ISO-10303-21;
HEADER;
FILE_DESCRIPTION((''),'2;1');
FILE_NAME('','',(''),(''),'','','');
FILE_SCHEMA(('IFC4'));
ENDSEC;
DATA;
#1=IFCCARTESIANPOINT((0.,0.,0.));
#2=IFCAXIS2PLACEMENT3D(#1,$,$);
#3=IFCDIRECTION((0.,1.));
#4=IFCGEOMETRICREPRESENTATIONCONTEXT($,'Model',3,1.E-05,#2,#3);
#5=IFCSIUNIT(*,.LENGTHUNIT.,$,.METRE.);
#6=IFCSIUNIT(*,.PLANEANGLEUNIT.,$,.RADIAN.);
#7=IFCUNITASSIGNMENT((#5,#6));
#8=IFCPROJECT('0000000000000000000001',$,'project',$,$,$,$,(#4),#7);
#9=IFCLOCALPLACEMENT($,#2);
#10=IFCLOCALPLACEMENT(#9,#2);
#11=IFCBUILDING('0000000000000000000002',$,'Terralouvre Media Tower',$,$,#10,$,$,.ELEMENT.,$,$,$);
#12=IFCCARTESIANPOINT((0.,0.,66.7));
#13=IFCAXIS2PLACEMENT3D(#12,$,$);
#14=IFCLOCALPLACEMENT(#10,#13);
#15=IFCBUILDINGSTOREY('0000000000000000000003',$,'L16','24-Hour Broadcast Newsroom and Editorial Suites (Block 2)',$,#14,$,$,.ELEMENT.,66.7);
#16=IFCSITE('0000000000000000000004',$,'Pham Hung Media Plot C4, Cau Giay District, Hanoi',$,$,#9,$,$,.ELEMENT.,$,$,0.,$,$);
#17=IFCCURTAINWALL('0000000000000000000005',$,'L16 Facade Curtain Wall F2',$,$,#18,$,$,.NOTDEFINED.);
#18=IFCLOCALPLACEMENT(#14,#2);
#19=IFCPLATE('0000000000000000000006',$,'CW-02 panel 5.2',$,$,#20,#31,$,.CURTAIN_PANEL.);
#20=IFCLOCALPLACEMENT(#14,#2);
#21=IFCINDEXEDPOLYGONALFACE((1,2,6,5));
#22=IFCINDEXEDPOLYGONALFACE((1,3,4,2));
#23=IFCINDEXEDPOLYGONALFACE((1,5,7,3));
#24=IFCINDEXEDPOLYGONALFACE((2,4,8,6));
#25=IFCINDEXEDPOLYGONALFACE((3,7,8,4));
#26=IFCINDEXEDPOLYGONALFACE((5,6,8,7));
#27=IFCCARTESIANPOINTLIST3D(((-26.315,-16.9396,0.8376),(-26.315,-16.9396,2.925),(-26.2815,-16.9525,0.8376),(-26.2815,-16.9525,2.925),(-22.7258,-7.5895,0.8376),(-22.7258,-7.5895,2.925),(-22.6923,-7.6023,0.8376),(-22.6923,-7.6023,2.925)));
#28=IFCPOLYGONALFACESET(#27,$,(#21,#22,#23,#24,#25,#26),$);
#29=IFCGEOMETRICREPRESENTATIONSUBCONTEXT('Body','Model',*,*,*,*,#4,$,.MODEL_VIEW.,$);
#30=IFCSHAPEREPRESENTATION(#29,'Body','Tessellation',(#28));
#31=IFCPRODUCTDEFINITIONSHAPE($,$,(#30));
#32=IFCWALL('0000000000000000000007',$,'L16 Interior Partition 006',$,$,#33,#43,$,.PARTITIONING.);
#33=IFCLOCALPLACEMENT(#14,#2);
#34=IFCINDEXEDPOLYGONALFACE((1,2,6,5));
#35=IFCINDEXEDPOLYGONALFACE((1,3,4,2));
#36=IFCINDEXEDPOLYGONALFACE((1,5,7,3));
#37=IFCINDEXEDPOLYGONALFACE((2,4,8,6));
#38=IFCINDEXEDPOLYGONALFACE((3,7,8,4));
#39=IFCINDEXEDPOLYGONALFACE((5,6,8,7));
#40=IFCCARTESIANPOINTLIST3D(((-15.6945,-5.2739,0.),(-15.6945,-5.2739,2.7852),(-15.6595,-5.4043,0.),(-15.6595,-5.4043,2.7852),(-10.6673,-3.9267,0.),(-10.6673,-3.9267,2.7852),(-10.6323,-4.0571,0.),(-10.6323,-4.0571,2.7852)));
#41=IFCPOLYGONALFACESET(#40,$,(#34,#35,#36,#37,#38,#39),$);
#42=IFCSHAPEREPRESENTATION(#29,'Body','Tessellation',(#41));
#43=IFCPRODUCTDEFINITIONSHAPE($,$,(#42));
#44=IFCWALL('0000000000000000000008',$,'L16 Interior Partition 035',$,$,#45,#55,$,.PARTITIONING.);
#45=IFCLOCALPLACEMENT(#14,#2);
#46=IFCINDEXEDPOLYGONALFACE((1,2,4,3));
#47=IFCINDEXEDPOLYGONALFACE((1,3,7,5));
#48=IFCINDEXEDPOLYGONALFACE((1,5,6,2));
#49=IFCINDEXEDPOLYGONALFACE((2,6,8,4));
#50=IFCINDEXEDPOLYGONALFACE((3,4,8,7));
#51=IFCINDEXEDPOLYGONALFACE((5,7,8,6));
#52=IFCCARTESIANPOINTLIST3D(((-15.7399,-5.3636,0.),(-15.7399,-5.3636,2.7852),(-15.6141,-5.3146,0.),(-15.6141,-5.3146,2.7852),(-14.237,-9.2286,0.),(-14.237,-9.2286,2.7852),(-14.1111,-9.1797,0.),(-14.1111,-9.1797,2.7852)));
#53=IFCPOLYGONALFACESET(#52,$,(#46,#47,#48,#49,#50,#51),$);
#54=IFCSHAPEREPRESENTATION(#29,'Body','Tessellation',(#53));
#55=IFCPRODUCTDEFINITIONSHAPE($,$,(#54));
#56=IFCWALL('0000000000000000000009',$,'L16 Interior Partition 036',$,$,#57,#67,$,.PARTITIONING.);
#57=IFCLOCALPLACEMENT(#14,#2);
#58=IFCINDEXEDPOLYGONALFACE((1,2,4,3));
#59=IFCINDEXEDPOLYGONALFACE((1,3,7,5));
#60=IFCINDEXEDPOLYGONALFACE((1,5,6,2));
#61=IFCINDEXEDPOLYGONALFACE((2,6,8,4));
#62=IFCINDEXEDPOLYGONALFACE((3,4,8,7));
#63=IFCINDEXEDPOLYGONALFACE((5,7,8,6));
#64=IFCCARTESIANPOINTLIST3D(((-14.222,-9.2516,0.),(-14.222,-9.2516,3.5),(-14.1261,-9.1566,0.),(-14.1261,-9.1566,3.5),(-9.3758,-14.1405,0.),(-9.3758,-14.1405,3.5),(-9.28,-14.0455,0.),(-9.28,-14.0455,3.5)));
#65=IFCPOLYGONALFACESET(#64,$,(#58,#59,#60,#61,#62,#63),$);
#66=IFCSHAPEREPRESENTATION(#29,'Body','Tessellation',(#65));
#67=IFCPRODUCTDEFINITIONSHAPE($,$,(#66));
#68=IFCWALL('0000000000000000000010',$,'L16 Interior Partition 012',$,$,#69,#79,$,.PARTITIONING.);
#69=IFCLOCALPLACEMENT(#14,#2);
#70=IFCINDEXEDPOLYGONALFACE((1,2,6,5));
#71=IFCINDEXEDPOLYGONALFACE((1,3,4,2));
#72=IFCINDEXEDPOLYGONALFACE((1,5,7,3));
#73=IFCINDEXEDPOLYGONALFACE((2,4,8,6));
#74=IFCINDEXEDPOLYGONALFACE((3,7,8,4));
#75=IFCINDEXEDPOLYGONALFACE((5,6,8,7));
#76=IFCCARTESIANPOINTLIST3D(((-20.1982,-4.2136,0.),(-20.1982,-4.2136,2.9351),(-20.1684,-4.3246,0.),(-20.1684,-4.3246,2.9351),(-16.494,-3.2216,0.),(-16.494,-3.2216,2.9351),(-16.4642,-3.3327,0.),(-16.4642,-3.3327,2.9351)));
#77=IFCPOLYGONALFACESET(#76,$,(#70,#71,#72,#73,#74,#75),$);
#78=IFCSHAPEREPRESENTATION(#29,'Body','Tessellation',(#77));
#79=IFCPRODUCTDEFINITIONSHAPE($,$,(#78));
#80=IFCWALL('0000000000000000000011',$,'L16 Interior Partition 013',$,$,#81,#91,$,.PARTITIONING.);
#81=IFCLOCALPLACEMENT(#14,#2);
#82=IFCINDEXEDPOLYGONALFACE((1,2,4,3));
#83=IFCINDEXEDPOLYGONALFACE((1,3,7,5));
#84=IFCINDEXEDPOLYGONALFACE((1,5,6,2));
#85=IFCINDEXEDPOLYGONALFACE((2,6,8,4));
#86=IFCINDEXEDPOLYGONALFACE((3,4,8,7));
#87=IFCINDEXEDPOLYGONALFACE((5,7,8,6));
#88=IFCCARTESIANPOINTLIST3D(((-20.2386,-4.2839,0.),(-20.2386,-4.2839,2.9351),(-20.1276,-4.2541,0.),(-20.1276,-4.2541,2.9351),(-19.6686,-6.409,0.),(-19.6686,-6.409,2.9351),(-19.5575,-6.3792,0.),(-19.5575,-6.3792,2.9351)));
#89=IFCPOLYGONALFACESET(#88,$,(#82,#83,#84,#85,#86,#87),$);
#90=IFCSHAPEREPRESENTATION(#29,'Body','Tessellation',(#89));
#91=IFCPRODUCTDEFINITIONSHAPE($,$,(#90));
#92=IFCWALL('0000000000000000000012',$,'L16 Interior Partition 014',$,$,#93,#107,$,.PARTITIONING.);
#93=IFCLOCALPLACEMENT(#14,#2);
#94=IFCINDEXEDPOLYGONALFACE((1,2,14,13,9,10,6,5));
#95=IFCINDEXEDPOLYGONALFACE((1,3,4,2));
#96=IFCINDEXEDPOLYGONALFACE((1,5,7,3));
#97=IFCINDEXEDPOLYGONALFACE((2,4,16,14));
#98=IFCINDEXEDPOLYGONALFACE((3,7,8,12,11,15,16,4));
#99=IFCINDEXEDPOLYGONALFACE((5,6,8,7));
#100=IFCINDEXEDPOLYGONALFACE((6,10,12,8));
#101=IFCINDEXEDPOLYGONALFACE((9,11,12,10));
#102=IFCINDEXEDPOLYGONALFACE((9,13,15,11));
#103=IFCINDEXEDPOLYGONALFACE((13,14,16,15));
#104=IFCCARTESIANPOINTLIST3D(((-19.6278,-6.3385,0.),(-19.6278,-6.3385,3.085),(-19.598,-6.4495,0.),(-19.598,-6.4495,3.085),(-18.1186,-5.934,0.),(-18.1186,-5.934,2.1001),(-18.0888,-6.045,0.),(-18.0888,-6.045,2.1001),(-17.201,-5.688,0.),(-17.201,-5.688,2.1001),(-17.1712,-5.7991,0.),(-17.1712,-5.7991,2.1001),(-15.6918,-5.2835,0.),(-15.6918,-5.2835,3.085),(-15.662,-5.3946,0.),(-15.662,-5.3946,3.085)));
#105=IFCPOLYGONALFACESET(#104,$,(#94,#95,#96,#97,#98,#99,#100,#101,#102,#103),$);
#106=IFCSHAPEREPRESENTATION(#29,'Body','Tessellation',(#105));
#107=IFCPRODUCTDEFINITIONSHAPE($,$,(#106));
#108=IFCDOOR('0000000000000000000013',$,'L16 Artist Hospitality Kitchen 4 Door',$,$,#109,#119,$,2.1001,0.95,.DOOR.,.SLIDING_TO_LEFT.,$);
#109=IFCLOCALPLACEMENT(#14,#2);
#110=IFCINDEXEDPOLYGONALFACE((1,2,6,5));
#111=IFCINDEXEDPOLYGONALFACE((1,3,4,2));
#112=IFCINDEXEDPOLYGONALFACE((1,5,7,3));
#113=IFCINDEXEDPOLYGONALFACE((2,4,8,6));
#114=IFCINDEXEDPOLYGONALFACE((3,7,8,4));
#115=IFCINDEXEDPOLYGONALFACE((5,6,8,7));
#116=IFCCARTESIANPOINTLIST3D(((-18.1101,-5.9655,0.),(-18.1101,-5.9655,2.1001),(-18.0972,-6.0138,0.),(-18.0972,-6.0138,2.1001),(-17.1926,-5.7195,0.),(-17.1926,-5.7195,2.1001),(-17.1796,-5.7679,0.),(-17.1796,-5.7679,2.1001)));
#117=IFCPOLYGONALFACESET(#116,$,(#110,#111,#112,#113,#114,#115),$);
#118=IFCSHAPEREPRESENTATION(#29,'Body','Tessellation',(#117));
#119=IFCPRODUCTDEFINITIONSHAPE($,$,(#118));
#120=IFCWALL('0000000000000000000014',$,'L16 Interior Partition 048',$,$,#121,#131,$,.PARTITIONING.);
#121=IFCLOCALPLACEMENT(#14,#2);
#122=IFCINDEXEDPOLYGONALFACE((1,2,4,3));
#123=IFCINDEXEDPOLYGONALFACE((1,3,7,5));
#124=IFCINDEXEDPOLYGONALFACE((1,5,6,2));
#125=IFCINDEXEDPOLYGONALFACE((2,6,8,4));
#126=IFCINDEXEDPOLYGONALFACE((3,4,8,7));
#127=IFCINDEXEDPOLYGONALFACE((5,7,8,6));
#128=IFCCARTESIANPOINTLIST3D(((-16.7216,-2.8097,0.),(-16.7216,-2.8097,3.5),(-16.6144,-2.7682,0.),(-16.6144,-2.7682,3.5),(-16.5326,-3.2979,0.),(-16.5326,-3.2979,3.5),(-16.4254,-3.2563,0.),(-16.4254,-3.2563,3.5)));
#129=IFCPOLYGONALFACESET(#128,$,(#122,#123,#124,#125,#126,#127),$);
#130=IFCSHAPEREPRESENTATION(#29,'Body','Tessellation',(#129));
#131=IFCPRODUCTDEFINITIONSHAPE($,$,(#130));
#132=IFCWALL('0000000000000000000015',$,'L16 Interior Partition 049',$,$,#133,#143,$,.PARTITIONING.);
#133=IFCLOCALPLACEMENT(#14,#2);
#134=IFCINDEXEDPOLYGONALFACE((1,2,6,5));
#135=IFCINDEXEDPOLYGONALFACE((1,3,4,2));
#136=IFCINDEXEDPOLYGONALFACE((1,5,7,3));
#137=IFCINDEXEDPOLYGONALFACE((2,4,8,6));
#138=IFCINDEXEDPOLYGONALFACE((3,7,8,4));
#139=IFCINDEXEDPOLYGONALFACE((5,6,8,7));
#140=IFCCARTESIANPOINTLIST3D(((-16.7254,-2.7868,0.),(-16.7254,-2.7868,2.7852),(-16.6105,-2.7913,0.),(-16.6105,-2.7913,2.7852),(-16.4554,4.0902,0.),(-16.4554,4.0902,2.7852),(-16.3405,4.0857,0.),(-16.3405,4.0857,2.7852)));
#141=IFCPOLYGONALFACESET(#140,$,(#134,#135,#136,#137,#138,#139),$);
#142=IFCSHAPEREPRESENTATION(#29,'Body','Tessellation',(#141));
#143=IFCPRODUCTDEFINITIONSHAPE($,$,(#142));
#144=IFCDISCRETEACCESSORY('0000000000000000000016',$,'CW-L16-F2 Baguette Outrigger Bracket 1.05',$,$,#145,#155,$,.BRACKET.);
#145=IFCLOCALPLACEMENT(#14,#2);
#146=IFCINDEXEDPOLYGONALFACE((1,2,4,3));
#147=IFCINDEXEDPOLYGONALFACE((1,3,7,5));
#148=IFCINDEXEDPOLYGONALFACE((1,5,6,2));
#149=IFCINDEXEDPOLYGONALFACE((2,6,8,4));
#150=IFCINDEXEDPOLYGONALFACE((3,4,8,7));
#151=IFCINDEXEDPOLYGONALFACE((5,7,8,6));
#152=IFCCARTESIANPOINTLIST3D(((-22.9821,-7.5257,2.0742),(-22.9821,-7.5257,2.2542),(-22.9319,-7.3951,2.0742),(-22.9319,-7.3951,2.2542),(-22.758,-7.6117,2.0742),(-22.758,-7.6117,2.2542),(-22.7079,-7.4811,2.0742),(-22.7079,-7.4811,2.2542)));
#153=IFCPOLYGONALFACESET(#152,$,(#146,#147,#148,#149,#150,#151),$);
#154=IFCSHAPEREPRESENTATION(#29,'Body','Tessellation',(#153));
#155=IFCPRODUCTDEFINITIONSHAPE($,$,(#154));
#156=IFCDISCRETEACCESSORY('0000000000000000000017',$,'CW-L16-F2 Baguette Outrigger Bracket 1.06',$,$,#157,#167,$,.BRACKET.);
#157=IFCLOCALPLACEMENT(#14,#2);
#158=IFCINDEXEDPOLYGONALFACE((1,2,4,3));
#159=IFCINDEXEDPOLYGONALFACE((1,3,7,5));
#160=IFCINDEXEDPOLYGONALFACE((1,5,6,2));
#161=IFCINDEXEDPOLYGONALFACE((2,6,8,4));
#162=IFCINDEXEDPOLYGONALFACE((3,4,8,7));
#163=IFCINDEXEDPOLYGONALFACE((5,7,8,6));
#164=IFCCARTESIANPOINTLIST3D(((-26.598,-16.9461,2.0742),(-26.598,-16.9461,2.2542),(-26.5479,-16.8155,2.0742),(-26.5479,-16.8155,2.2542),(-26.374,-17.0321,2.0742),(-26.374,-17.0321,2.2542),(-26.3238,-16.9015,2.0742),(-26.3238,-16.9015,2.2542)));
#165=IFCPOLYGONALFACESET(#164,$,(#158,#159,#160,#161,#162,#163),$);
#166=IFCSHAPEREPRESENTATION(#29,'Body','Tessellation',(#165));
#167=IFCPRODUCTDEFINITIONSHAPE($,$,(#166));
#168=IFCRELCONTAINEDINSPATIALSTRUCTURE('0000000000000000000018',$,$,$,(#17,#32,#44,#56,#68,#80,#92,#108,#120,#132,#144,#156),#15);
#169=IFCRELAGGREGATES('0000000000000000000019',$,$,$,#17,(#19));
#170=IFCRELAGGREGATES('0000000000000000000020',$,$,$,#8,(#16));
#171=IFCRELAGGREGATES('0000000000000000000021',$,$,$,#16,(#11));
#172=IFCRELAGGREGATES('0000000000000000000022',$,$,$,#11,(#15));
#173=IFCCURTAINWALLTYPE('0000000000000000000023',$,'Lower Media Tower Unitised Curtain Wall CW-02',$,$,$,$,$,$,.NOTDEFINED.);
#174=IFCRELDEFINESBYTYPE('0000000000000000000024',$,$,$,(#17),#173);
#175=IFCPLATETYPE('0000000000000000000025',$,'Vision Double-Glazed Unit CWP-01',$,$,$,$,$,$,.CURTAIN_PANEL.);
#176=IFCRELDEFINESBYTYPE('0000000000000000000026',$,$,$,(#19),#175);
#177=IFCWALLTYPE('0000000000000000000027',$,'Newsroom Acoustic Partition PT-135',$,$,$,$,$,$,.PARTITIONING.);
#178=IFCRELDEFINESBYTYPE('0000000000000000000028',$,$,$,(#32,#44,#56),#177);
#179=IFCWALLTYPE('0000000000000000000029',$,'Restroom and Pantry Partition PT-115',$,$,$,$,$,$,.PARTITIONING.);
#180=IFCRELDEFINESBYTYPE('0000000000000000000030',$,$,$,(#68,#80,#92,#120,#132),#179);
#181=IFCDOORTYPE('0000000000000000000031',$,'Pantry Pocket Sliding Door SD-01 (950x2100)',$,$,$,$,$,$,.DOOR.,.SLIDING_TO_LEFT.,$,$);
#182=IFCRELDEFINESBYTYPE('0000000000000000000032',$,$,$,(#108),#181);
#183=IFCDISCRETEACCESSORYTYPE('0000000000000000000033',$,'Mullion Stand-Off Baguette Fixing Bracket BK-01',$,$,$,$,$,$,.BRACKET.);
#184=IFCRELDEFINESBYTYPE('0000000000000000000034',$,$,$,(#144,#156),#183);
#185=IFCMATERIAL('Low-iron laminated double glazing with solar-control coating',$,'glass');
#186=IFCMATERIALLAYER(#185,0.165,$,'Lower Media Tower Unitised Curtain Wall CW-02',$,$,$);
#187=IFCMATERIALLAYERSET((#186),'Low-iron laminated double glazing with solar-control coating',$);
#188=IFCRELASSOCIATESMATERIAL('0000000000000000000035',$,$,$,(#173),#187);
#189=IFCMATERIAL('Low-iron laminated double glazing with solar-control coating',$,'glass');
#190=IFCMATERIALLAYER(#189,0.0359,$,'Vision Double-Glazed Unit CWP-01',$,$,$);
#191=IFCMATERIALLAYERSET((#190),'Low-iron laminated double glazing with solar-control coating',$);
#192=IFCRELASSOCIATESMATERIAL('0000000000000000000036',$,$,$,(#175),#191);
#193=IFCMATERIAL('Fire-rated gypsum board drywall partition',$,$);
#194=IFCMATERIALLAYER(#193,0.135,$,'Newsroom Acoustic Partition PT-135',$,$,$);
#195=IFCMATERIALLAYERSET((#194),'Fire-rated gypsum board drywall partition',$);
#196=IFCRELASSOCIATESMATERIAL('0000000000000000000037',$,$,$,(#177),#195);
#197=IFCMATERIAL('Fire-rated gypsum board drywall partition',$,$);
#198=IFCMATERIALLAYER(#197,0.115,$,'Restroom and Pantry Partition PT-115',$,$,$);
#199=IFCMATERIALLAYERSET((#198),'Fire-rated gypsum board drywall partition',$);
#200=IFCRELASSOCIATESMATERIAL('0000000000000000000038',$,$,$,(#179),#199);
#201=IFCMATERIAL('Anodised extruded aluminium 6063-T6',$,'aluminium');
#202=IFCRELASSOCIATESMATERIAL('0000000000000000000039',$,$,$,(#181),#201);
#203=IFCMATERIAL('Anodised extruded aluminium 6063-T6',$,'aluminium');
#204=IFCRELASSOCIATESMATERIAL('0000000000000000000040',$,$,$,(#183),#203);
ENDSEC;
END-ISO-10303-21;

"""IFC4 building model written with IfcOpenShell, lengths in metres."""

from ifc_helpers import new_model, si_unit, direction, frame, frame_2d, origin, origin_2d, place, context, subcontext, project, spatial, rectangle, extrude, material, layer, layer_set, type_object, element, fill, aggregate, save


model = new_model("IFC4")

# Units and contexts
model_context = context("Model", 3, precision=1e-05, world=origin(), true_north=direction((0.0, 1.0)))
body_context = subcontext(model_context, "Body", "Model", "MODEL_VIEW")
ifc_project = project(units=[si_unit("LENGTHUNIT", "METRE"), si_unit("PLANEANGLEUNIT", "RADIAN")], contexts=[model_context])

# Site, building, storey
site_placement = place(None, origin())
site = spatial("IfcSite", under=ifc_project, at=site_placement, Name="Pham Hung Media Plot C4, Cau Giay District, Hanoi", CompositionType="ELEMENT", RefElevation=0.0)
building_placement = place(site_placement, origin())
building = spatial("IfcBuilding", under=site, at=building_placement, Name="Terralouvre Media Tower", CompositionType="ELEMENT")
storey_placement = place(building_placement, frame((0.0, 0.0, 66.7)))
storey = spatial("IfcBuildingStorey", under=building, at=storey_placement, Name="L16", Description="24-Hour Broadcast Newsroom and Editorial Suites (Block 2)", CompositionType="ELEMENT", Elevation=66.7)

# Curtain wall
ifc_material_1 = material(Name="Low-iron laminated double glazing with solar-control coating", Category="glass")
ifc_layer_1 = layer(ifc_material_1, 0.165, Name="Lower Media Tower Unitised Curtain Wall CW-02")
ifc_layer_set_1 = layer_set([ifc_layer_1], Name="Low-iron laminated double glazing with solar-control coating")
curtain_wall_type_1 = type_object("IfcCurtainWallType", Name="Lower Media Tower Unitised Curtain Wall CW-02", PredefinedType="NOTDEFINED", material=ifc_layer_set_1)
curtain_wall_1_placement = place(storey_placement, origin())
curtain_wall_1 = element("IfcCurtainWall", 1, at=curtain_wall_1_placement, inside=storey, type_object=curtain_wall_type_1, Name="L16 Facade Curtain Wall F2", PredefinedType="NOTDEFINED")

# Plate
ifc_material_2 = material(Name="Low-iron laminated double glazing with solar-control coating", Category="glass")
ifc_layer_2 = layer(ifc_material_2, 0.0359, Name="Vision Double-Glazed Unit CWP-01")
ifc_layer_set_2 = layer_set([ifc_layer_2], Name="Low-iron laminated double glazing with solar-control coating")
plate_type = type_object("IfcPlateType", Name="Vision Double-Glazed Unit CWP-01", PredefinedType="CURTAIN_PANEL", material=ifc_layer_set_2)
plate_1_placement = place(storey_placement, frame((-24.5037, -12.271, 0.8376), z_axis=(0.0, 0.0, 1.0), x_axis=(-0.358368, -0.93358, 0.0)))
plate_1 = element("IfcPlate", 2, at=plate_1_placement, type_object=plate_type, Name="CW-02 panel 5.2", PredefinedType="CURTAIN_PANEL", context=body_context, shape_type="SweptSolid", body=[
    extrude(rectangle(XDim=10.0154, YDim=0.0359, at=origin_2d()), origin(), (0.0, 0.0, 1.0), 2.0874),
])
aggregate(curtain_wall_1, [plate_1])

# Walls
ifc_material_3 = material(Name="Fire-rated gypsum board drywall partition")
ifc_layer_3 = layer(ifc_material_3, 0.135, Name="Newsroom Acoustic Partition PT-135")
ifc_layer_set_3 = layer_set([ifc_layer_3], Name="Fire-rated gypsum board drywall partition")
wall_type_1 = type_object("IfcWallType", Name="Newsroom Acoustic Partition PT-135", PredefinedType="PARTITIONING", material=ifc_layer_set_3)
wall_1_placement = place(storey_placement, frame((-15.677, -5.3391, 0.0), z_axis=(0.0, 0.0, 1.0), x_axis=(0.965918, 0.258848, 0.0)))
element("IfcWall", 3, at=wall_1_placement, inside=storey, type_object=wall_type_1, Name="L16 Interior Partition 006", PredefinedType="PARTITIONING", context=body_context, shape_type="SweptSolid", body=[
    extrude(rectangle(XDim=5.2046, YDim=0.135, at=frame_2d((2.6023, 0.0))), origin(), (0.0, 0.0, 1.0), 2.7852),
])
wall_2_placement = place(storey_placement, frame((-15.677, -5.3391, 0.0), z_axis=(0.0, 0.0, 1.0), x_axis=(0.362421, -0.932015, 0.0)))
element("IfcWall", 4, at=wall_2_placement, inside=storey, type_object=wall_type_1, Name="L16 Interior Partition 035", PredefinedType="PARTITIONING", context=body_context, shape_type="SweptSolid", body=[
    extrude(rectangle(XDim=4.147, YDim=0.135, at=frame_2d((2.0735, 0.0))), origin(), (0.0, 0.0, 1.0), 2.7852),
])
wall_3_placement = place(storey_placement, frame((-14.1741, -9.2041, 0.0), z_axis=(0.0, 0.0, 1.0), x_axis=(0.703997, -0.710203, 0.0)))
element("IfcWall", 5, at=wall_3_placement, inside=storey, type_object=wall_type_1, Name="L16 Interior Partition 036", PredefinedType="PARTITIONING", context=body_context, shape_type="SweptSolid", body=[
    extrude(rectangle(XDim=6.8838, YDim=0.135, at=frame_2d((3.4419, 0.0))), origin(), (0.0, 0.0, 1.0), 3.5),
])
ifc_material_4 = material(Name="Fire-rated gypsum board drywall partition")
ifc_layer_4 = layer(ifc_material_4, 0.115, Name="Restroom and Pantry Partition PT-115")
ifc_layer_set_4 = layer_set([ifc_layer_4], Name="Fire-rated gypsum board drywall partition")
wall_type_2 = type_object("IfcWallType", Name="Restroom and Pantry Partition PT-115", PredefinedType="PARTITIONING", material=ifc_layer_set_4)
wall_4_placement = place(storey_placement, frame((-16.479, -3.2771, 0.0), z_axis=(0.0, 0.0, 1.0), x_axis=(-0.965963, -0.258681, 0.0)))
element("IfcWall", 6, at=wall_4_placement, inside=storey, type_object=wall_type_2, Name="L16 Interior Partition 012", PredefinedType="PARTITIONING", context=body_context, shape_type="SweptSolid", body=[
    extrude(rectangle(XDim=3.8347, YDim=0.115, at=frame_2d((1.9175, 0.0))), origin(), (0.0, 0.0, 1.0), 2.9351),
])
wall_5_placement = place(storey_placement, frame((-20.1831, -4.269, 0.0), z_axis=(0.0, 0.0, 1.0), x_axis=(0.259106, -0.965849, 0.0)))
element("IfcWall", 7, at=wall_5_placement, inside=storey, type_object=wall_type_2, Name="L16 Interior Partition 013", PredefinedType="PARTITIONING", context=body_context, shape_type="SweptSolid", body=[
    extrude(rectangle(XDim=2.2002, YDim=0.115, at=frame_2d((1.1001, 0.0))), origin(), (0.0, 0.0, 1.0), 2.9351),
])

# Wall, opening, door
wall_6_placement = place(storey_placement, frame((-19.613, -6.394, 0.0), z_axis=(0.0, 0.0, 1.0), x_axis=(0.965909, 0.258882, 0.0)))
wall_6 = element("IfcWall", 8, at=wall_6_placement, inside=storey, type_object=wall_type_2, Name="L16 Interior Partition 014", PredefinedType="PARTITIONING", context=body_context, shape_type="SweptSolid", body=[
    extrude(rectangle(XDim=4.075, YDim=0.115, at=frame_2d((2.0376, 0.0))), origin(), (0.0, 0.0, 1.0), 3.085),
])
opening_placement = place(wall_6_placement, frame((1.5625, 0.0, 0.0)))
opening = element("IfcOpeningElement", 9, at=opening_placement, cuts=wall_6, PredefinedType="OPENING", context=body_context, shape_type="SweptSolid", body=[
    extrude(rectangle(XDim=0.95, YDim=2.1001, at=frame_2d((0.4751, 1.05))), frame((0.0, 0.0674, 0.0), z_axis=(0.0, -1.0, 0.0), x_axis=(1.0, 0.0, 0.0)), (0.0, 0.0, 1.0), 0.135),
])
ifc_material_5 = material(Name="Anodised extruded aluminium 6063-T6", Category="aluminium")
door_type = type_object("IfcDoorType", Name="Pantry Pocket Sliding Door SD-01 (950x2100)", OperationType="SLIDING_TO_LEFT", PredefinedType="DOOR", material=ifc_material_5)
door_placement = place(opening_placement, origin())
door = element("IfcDoor", 10, at=door_placement, inside=storey, type_object=door_type, Name="L16 Artist Hospitality Kitchen 4 Door", OperationType="SLIDING_TO_LEFT", OverallHeight=2.1001, OverallWidth=0.95, PredefinedType="DOOR", context=body_context, shape_type="SweptSolid", body=[
    extrude(rectangle(XDim=0.95, YDim=2.1001, at=frame_2d((0.4751, 1.05))), frame((0.0, 0.0249, 0.0), z_axis=(0.0, -1.0, 0.0), x_axis=(1.0, 0.0, 0.0)), (0.0, 0.0, 1.0), 0.05),
])
fill(opening, door)

# Walls
wall_7_placement = place(storey_placement, frame((-16.479, -3.2771, 0.0), z_axis=(0.0, 0.0, 1.0), x_axis=(-0.361073, 0.932538, 0.0)))
element("IfcWall", 11, at=wall_7_placement, inside=storey, type_object=wall_type_2, Name="L16 Interior Partition 048", PredefinedType="PARTITIONING", context=body_context, shape_type="SweptSolid", body=[
    extrude(rectangle(XDim=0.5234, YDim=0.115, at=frame_2d((0.2617, 0.0))), origin(), (0.0, 0.0, 1.0), 3.5),
])
wall_8_placement = place(storey_placement, frame((-16.668, -2.7891, 0.0), z_axis=(0.0, 0.0, 1.0), x_axis=(0.039234, 0.99923, 0.0)))
element("IfcWall", 12, at=wall_8_placement, inside=storey, type_object=wall_type_2, Name="L16 Interior Partition 049", PredefinedType="PARTITIONING", context=body_context, shape_type="SweptSolid", body=[
    extrude(rectangle(XDim=6.8823, YDim=0.115, at=frame_2d((3.4412, 0.0))), origin(), (0.0, 0.0, 1.0), 2.7852),
])

# Discrete accessories
ifc_material_6 = material(Name="Anodised extruded aluminium 6063-T6", Category="aluminium")
discrete_accessory_type = type_object("IfcDiscreteAccessoryType", Name="Mullion Stand-Off Baguette Fixing Bracket BK-01", PredefinedType="BRACKET", material=ifc_material_6)
for number, where, z_axis, x_axis, name in (
    (13, (-22.845, -7.5034, 2.0742), (0.0, 0.0, 1.0), (-0.358368, -0.93358, 0.0), "CW-L16-F2 Baguette Outrigger Bracket 1.05"),
    (14, (-26.4609, -16.9238, 2.0742), (0.0, 0.0, 1.0), (-0.358368, -0.93358, 0.0), "CW-L16-F2 Baguette Outrigger Bracket 1.06"),
):
    element("IfcDiscreteAccessory", number, at=place(storey_placement, frame(where, z_axis=z_axis, x_axis=x_axis)), inside=storey, type_object=discrete_accessory_type, Name=name, PredefinedType="BRACKET", context=body_context, shape_type="SweptSolid", body=[
        extrude(rectangle(XDim=0.1399, YDim=0.24, at=origin_2d()), origin(), (0.0, 0.0, 1.0), 0.1799),
    ])

save(model, "model.ifc")
